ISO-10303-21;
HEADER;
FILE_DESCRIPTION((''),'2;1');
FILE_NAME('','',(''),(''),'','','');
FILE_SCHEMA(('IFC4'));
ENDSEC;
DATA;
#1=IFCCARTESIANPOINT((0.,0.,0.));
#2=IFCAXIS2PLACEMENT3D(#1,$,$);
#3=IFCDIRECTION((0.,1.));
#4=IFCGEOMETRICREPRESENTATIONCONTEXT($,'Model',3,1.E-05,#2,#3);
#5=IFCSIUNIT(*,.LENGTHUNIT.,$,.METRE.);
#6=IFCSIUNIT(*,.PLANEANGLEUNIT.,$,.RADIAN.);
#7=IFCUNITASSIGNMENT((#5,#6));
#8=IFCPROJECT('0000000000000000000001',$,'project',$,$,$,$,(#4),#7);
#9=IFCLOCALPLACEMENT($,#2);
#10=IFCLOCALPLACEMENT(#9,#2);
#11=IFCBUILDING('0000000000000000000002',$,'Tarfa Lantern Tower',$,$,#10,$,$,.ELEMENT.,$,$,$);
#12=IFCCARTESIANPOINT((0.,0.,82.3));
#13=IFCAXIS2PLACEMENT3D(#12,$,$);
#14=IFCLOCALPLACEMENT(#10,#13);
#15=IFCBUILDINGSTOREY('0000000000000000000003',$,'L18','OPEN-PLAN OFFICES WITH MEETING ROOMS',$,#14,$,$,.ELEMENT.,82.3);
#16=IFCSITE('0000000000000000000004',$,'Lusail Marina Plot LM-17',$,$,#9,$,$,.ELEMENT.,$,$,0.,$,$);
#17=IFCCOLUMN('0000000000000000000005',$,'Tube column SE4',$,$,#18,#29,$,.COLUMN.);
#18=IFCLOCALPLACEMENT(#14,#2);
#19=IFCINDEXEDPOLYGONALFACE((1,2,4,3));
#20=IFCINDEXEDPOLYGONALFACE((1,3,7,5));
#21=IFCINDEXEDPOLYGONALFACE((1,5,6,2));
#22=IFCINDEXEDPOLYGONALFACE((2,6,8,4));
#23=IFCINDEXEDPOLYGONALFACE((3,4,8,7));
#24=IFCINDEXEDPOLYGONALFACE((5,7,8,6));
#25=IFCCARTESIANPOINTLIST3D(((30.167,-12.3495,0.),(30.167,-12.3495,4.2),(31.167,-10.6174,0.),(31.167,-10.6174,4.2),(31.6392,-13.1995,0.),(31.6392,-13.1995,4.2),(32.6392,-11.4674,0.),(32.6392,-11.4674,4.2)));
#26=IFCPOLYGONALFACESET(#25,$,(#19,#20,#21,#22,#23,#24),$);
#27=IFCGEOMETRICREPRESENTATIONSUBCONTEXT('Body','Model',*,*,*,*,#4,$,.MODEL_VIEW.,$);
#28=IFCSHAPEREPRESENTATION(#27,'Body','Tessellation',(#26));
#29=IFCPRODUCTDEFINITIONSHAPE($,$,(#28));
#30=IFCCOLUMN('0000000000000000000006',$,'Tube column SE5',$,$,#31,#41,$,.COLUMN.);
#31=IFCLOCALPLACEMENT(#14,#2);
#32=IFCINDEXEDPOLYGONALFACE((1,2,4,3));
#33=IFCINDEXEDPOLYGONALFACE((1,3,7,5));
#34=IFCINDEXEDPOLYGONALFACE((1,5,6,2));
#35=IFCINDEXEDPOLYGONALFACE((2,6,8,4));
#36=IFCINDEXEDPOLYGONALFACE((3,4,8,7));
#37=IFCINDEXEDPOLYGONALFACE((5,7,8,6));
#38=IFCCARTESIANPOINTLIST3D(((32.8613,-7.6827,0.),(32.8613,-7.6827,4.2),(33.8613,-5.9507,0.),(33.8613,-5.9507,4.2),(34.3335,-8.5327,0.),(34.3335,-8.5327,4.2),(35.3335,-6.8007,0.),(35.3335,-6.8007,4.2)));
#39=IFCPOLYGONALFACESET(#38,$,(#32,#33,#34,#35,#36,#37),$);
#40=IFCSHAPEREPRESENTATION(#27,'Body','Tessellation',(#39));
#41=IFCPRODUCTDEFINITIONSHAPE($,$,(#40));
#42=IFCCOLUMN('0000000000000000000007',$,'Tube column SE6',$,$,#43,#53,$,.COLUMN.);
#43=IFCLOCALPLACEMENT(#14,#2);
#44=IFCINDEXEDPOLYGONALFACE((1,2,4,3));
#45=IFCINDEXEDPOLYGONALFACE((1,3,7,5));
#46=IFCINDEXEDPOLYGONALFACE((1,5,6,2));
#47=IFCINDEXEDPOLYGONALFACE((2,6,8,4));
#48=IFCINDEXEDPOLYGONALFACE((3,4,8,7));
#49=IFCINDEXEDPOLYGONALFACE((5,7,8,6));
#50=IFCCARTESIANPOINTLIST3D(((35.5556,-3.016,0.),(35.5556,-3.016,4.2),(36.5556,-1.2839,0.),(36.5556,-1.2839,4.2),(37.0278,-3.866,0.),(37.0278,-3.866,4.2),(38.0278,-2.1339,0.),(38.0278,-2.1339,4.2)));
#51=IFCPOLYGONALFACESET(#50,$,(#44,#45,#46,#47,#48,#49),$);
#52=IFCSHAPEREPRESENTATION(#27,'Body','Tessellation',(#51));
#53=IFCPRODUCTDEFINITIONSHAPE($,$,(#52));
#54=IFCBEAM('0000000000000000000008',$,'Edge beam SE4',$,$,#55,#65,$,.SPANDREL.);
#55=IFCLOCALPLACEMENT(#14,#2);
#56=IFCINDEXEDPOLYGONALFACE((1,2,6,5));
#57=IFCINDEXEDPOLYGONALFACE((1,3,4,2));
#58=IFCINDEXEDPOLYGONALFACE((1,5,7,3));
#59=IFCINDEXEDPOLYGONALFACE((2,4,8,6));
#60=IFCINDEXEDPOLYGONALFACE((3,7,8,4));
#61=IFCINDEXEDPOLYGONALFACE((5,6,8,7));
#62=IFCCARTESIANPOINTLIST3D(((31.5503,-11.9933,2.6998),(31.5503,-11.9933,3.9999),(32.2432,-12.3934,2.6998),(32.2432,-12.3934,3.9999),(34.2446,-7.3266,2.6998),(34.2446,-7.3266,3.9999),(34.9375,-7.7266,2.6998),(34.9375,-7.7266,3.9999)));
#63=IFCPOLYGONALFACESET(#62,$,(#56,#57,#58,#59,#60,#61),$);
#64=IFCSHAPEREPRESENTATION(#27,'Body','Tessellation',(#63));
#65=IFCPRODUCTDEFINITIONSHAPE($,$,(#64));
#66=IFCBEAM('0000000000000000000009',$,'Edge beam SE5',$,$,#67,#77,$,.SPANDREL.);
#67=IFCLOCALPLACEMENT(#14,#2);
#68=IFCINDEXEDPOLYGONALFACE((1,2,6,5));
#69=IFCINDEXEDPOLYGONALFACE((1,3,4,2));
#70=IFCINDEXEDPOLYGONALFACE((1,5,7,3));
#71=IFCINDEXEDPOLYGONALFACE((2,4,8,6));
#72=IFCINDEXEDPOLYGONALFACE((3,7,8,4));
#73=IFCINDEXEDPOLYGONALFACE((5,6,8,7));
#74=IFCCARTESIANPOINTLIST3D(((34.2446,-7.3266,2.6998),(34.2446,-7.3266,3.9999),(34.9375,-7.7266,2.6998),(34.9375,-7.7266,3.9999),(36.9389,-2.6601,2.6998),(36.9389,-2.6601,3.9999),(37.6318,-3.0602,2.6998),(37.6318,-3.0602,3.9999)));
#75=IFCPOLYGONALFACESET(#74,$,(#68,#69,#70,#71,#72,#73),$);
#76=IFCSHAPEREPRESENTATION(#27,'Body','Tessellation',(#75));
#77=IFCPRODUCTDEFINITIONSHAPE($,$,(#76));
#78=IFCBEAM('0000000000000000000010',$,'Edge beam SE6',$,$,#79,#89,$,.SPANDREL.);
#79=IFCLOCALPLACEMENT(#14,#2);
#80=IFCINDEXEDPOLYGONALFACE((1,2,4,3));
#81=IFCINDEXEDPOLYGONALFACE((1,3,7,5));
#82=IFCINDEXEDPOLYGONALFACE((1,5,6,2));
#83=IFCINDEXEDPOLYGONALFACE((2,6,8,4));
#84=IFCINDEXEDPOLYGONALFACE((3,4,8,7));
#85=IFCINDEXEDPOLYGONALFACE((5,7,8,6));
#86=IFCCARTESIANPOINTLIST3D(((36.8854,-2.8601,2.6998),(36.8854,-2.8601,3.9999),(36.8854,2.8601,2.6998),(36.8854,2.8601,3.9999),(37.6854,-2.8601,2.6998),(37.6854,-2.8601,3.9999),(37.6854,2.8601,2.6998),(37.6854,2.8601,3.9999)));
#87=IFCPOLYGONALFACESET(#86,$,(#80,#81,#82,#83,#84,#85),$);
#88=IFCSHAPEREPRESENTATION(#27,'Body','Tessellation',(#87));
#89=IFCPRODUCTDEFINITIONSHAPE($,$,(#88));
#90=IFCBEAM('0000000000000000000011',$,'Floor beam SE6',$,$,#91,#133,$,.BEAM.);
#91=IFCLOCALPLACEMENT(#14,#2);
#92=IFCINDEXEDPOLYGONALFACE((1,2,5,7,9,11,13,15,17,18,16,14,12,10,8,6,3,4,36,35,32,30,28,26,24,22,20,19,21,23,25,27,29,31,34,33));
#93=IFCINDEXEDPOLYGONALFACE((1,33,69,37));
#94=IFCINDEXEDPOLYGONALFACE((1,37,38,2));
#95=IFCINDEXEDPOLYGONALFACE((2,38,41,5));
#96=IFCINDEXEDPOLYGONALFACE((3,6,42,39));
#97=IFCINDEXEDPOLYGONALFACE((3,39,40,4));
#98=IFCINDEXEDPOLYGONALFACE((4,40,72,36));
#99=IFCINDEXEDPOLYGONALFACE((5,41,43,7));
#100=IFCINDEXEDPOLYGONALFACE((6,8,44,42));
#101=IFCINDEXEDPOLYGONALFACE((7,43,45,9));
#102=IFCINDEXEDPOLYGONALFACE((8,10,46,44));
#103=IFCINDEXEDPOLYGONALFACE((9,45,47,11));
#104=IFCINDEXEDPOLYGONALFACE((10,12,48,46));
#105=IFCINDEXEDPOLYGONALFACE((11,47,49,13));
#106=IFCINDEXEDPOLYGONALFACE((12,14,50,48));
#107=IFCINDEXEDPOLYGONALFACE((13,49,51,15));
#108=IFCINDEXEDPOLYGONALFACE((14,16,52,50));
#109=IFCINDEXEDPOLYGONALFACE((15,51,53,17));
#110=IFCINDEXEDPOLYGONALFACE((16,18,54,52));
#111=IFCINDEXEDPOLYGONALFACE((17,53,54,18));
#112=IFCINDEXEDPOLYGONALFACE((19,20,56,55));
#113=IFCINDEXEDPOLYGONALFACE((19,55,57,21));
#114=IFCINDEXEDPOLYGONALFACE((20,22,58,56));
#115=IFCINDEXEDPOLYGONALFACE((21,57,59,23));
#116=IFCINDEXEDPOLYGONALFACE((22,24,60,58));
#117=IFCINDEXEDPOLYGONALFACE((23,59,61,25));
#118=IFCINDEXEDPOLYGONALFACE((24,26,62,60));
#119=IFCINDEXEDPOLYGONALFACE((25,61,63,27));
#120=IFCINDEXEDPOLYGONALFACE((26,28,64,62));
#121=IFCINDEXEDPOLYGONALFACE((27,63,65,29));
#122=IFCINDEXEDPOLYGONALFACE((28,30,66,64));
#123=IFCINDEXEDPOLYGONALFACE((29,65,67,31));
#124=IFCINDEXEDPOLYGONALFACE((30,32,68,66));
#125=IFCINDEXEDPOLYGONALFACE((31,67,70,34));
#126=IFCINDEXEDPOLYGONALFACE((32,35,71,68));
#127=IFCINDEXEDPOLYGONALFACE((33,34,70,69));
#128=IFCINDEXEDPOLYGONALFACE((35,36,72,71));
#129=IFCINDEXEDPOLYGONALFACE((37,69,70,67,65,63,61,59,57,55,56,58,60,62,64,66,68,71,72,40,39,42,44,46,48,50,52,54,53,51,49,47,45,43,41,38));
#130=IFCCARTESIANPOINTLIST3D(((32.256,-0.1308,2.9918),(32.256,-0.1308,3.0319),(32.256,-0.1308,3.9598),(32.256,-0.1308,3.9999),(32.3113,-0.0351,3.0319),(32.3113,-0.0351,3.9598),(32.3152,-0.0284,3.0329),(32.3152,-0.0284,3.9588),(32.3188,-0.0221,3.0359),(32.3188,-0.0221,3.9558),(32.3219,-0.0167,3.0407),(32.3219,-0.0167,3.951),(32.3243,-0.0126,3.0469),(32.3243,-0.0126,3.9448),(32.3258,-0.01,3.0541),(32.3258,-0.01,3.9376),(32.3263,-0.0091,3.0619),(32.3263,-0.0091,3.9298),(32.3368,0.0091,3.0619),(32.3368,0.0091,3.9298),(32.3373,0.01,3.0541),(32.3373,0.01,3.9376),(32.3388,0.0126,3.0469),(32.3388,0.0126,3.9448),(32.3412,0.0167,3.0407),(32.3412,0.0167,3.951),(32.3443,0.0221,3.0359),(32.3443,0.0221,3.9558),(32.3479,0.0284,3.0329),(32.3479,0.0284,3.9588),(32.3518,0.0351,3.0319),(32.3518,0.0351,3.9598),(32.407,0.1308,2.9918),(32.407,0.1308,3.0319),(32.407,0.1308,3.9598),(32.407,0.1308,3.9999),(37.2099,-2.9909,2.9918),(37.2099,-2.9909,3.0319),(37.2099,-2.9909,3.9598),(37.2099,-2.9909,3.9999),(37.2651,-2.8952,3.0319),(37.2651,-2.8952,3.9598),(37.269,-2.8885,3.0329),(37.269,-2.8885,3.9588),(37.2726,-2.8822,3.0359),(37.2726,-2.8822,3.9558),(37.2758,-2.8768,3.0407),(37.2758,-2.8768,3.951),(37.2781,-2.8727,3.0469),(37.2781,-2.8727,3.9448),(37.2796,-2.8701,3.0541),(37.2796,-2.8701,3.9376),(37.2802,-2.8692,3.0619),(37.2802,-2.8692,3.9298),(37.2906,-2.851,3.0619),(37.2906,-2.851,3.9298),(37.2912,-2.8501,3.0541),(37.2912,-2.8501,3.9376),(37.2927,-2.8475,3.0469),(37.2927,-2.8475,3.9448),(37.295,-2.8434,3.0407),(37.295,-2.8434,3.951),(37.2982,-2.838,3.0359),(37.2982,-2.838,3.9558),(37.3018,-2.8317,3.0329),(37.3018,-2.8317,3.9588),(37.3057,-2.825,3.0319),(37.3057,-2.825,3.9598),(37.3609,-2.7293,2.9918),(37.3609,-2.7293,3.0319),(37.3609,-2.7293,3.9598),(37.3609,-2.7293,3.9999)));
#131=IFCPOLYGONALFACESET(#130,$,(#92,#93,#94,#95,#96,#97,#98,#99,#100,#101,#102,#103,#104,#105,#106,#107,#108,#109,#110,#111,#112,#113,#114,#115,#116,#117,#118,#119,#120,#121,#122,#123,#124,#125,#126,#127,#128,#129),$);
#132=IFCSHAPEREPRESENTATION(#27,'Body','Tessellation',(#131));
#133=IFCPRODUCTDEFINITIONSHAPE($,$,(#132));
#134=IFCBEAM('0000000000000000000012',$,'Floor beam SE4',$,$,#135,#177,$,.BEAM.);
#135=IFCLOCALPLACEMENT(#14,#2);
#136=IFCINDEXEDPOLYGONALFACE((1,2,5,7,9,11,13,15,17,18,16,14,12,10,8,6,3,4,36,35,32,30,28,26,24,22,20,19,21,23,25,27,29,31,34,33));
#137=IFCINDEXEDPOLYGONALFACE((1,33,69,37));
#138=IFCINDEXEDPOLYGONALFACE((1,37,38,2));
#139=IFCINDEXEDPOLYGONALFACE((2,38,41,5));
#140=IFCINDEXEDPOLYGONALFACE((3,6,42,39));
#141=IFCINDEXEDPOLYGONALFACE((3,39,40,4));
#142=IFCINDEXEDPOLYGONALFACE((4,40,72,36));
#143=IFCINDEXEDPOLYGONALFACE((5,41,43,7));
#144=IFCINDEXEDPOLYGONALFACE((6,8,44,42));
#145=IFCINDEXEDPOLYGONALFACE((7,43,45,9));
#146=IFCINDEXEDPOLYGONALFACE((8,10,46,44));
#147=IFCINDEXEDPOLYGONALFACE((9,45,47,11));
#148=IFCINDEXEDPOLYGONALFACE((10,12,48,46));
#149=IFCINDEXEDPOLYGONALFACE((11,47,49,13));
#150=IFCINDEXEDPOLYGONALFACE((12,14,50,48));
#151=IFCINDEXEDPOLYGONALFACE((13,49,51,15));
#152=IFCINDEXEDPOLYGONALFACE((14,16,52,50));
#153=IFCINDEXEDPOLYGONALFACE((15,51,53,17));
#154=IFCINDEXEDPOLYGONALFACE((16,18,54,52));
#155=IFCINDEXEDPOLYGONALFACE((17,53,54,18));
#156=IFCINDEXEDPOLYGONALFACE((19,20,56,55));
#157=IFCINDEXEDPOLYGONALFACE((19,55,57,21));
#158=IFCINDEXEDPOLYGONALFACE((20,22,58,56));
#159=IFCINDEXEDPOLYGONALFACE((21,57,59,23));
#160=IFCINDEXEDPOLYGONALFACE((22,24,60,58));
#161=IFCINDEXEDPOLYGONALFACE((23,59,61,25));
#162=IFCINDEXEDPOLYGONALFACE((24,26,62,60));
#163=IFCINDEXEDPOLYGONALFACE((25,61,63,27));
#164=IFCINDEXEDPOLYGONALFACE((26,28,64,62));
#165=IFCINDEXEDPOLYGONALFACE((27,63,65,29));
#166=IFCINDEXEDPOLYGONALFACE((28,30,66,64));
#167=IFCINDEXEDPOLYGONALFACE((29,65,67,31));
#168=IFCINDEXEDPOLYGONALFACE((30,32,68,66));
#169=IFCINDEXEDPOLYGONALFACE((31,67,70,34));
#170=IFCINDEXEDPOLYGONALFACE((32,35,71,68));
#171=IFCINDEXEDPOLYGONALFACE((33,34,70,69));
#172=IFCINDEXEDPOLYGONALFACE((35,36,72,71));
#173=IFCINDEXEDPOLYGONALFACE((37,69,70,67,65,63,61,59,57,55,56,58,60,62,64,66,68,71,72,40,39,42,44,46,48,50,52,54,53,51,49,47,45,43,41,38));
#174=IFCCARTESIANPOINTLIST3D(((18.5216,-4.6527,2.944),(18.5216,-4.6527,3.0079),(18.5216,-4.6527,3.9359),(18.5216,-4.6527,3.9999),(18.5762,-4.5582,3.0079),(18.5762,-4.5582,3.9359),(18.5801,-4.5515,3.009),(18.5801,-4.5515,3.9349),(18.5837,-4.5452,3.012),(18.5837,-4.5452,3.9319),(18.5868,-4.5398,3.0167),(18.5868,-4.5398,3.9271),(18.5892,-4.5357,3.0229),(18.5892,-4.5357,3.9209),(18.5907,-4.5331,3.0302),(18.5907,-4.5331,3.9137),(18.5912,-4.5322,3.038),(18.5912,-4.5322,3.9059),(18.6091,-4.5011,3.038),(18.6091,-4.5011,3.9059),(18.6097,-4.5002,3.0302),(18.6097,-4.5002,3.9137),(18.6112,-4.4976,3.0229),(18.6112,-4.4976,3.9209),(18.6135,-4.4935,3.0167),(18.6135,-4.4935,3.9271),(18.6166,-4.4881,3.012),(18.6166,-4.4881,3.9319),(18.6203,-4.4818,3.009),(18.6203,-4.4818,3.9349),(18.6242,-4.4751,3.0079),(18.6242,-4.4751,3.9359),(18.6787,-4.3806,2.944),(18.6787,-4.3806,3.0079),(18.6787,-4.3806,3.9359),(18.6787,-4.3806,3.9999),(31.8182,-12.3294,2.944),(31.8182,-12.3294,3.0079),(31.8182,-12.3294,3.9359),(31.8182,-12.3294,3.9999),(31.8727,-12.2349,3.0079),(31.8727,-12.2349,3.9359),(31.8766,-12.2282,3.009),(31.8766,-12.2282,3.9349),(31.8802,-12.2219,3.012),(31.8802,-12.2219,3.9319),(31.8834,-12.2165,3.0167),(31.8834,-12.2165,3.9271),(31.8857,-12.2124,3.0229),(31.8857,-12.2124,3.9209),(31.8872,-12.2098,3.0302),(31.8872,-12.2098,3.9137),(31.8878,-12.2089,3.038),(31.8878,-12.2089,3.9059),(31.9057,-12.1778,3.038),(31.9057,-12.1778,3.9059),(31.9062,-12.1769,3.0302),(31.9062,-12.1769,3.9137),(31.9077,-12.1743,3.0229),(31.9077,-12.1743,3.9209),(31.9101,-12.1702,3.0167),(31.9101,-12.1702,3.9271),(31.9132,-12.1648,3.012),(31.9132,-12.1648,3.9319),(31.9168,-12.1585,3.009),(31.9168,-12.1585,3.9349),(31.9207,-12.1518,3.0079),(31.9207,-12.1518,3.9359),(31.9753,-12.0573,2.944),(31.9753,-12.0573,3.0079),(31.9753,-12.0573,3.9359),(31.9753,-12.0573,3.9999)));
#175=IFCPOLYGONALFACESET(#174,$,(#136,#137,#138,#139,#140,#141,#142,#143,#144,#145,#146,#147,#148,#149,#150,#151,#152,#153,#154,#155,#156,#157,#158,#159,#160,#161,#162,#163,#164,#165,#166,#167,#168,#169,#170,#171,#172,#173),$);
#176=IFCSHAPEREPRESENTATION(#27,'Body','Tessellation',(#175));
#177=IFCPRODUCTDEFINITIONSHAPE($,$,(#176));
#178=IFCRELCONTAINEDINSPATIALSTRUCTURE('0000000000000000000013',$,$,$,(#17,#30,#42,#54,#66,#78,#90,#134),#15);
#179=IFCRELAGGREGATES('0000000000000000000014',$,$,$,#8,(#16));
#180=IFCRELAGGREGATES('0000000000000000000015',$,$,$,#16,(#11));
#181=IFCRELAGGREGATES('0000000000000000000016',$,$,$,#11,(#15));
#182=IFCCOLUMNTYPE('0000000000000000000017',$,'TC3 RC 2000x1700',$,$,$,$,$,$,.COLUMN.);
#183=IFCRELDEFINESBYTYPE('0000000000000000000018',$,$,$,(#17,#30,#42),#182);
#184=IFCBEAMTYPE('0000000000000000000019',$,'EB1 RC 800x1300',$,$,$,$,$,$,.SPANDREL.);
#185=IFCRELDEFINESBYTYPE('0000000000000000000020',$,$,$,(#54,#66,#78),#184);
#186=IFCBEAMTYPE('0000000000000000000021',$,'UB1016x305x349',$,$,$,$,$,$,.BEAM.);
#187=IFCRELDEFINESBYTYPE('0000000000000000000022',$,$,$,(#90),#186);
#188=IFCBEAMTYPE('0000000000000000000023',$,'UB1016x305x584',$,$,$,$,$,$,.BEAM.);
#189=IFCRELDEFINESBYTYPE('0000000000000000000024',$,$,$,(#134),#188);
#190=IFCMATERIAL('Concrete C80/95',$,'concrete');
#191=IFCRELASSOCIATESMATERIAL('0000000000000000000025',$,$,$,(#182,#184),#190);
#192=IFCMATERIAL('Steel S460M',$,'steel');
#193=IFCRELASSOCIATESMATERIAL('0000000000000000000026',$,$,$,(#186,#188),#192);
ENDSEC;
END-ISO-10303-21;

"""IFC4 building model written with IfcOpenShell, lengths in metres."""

from ifc_helpers import new_model, si_unit, direction, frame, origin, origin_2d, place, context, subcontext, project, spatial, rectangle, i_section, extrude, material, material_profile, profile_set, type_object, element, save


model = new_model("IFC4")

# Units and contexts
model_context = context("Model", 3, precision=1e-05, world=origin(), true_north=direction((0.0, 1.0)))
body_context = subcontext(model_context, "Body", "Model", "MODEL_VIEW")
ifc_project = project(units=[si_unit("LENGTHUNIT", "METRE"), si_unit("PLANEANGLEUNIT", "RADIAN")], contexts=[model_context])

# Site, building, storey
site_placement = place(None, origin())
site = spatial("IfcSite", under=ifc_project, at=site_placement, Name="Lusail Marina Plot LM-17", CompositionType="ELEMENT", RefElevation=0.0)
building_placement = place(site_placement, origin())
building = spatial("IfcBuilding", under=site, at=building_placement, Name="Tarfa Lantern Tower", CompositionType="ELEMENT")
storey_placement = place(building_placement, frame((0.0, 0.0, 82.3)))
storey = spatial("IfcBuildingStorey", under=building, at=storey_placement, Name="L18", Description="OPEN-PLAN OFFICES WITH MEETING ROOMS", CompositionType="ELEMENT", Elevation=82.3)

# Columns
ifc_material_1 = material(Name="Concrete C80/95", Category="concrete")
ifc_material_profile_1 = material_profile(ifc_material_1, rectangle(XDim=2.0, YDim=1.7, at=origin_2d()), Name="RC 2000x1700")
ifc_profile_set_1 = profile_set([ifc_material_profile_1], Name="Concrete C80/95")
column_type = type_object("IfcColumnType", Name="TC3 RC 2000x1700", PredefinedType="COLUMN", material=ifc_profile_set_1)
for number, where, z_axis, x_axis, name in (
    (1, (31.4031, -11.9084, 0.0), (0.0, 0.0, 1.0), (0.5, 0.866025, 0.0), "Tube column SE4"),
    (2, (34.0974, -7.2417, 0.0), (0.0, 0.0, 1.0), (0.5, 0.866025, 0.0), "Tube column SE5"),
    (3, (36.7917, -2.575, 0.0), (0.0, 0.0, 1.0), (0.5, 0.866025, 0.0), "Tube column SE6"),
):
    element("IfcColumn", number, at=place(storey_placement, frame(where, z_axis=z_axis, x_axis=x_axis)), inside=storey, type_object=column_type, Name=name, PredefinedType="COLUMN", context=body_context, shape_type="SweptSolid", body=[
        extrude(rectangle(XDim=2.0, YDim=1.7, at=origin_2d()), origin(), (0.0, 0.0, 1.0), 4.2),
    ])

# Beams
ifc_material_profile_2 = material_profile(ifc_material_1, rectangle(XDim=0.8, YDim=1.3, at=origin_2d()), Name="RC 800x1300")
ifc_profile_set_2 = profile_set([ifc_material_profile_2], Name="Concrete C80/95")
beam_type_1 = type_object("IfcBeamType", Name="EB1 RC 800x1300", PredefinedType="SPANDREL", material=ifc_profile_set_2)
beam_1_placement = place(storey_placement, frame((31.8967, -12.1934, 3.3499), z_axis=(0.499998, 0.866026, 0.0), x_axis=(-0.866026, 0.499998, 0.0)))
element("IfcBeam", 4, at=beam_1_placement, inside=storey, type_object=beam_type_1, Name="Edge beam SE4", PredefinedType="SPANDREL", context=body_context, shape_type="SweptSolid", body=[
    extrude(rectangle(XDim=0.8, YDim=1.3, at=origin_2d()), origin(), (0.0, 0.0, 1.0), 5.3887),
])
beam_2_placement = place(storey_placement, frame((34.5911, -7.5266, 3.3499), z_axis=(0.500018, 0.866015, 0.0), x_axis=(-0.866015, 0.500018, 0.0)))
element("IfcBeam", 5, at=beam_2_placement, inside=storey, type_object=beam_type_1, Name="Edge beam SE5", PredefinedType="SPANDREL", context=body_context, shape_type="SweptSolid", body=[
    extrude(rectangle(XDim=0.8, YDim=1.3, at=origin_2d()), origin(), (0.0, 0.0, 1.0), 5.3884),
])
beam_3_placement = place(storey_placement, frame((37.2854, -2.8601, 3.3499), z_axis=(0.0, 1.0, 0.0), x_axis=(-1.0, 0.0, 0.0)))
element("IfcBeam", 6, at=beam_3_placement, inside=storey, type_object=beam_type_1, Name="Edge beam SE6", PredefinedType="SPANDREL", context=body_context, shape_type="SweptSolid", body=[
    extrude(rectangle(XDim=0.8, YDim=1.3, at=origin_2d()), origin(), (0.0, 0.0, 1.0), 5.7202),
])
ifc_material_2 = material(Name="Steel S460M", Category="steel")
ifc_material_profile_3 = material_profile(ifc_material_2, i_section(OverallWidth=0.302, OverallDepth=1.0081, WebThickness=0.021, FlangeThickness=0.04, FilletRadius=0.03, at=origin_2d()), Name="UB1016x305x349")
ifc_profile_set_3 = profile_set([ifc_material_profile_3], Name="Steel S460M")
beam_type_2 = type_object("IfcBeamType", Name="UB1016x305x349", PredefinedType="BEAM", material=ifc_profile_set_3)
beam_4_placement = place(storey_placement, frame((37.2854, -2.8601, 3.4958), z_axis=(-0.866026, 0.5, 0.0), x_axis=(-0.5, -0.866026, 0.0)))
element("IfcBeam", 7, at=beam_4_placement, inside=storey, type_object=beam_type_2, Name="Floor beam SE6", PredefinedType="BEAM", context=body_context, shape_type="SweptSolid", body=[
    extrude(i_section(OverallWidth=0.302, OverallDepth=1.0081, WebThickness=0.021, FlangeThickness=0.04, FilletRadius=0.03, at=origin_2d()), origin(), (0.0, 0.0, 1.0), 5.7202),
])
ifc_material_profile_4 = material_profile(ifc_material_2, i_section(OverallWidth=0.3142, OverallDepth=1.0559, WebThickness=0.0359, FlangeThickness=0.064, FilletRadius=0.03, at=origin_2d()), Name="UB1016x305x584")
ifc_profile_set_4 = profile_set([ifc_material_profile_4], Name="Steel S460M")
beam_type_3 = type_object("IfcBeamType", Name="UB1016x305x584", PredefinedType="BEAM", material=ifc_profile_set_4)
beam_5_placement = place(storey_placement, frame((31.8967, -12.1934, 3.4719), z_axis=(-0.866027, 0.499997, 0.0), x_axis=(-0.499997, -0.866027, 0.0)))
element("IfcBeam", 8, at=beam_5_placement, inside=storey, type_object=beam_type_3, Name="Floor beam SE4", PredefinedType="BEAM", context=body_context, shape_type="SweptSolid", body=[
    extrude(i_section(OverallWidth=0.3142, OverallDepth=1.0559, WebThickness=0.0359, FlangeThickness=0.064, FilletRadius=0.03, at=origin_2d()), origin(), (0.0, 0.0, 1.0), 15.3535),
])

save(model, "model.ifc")
